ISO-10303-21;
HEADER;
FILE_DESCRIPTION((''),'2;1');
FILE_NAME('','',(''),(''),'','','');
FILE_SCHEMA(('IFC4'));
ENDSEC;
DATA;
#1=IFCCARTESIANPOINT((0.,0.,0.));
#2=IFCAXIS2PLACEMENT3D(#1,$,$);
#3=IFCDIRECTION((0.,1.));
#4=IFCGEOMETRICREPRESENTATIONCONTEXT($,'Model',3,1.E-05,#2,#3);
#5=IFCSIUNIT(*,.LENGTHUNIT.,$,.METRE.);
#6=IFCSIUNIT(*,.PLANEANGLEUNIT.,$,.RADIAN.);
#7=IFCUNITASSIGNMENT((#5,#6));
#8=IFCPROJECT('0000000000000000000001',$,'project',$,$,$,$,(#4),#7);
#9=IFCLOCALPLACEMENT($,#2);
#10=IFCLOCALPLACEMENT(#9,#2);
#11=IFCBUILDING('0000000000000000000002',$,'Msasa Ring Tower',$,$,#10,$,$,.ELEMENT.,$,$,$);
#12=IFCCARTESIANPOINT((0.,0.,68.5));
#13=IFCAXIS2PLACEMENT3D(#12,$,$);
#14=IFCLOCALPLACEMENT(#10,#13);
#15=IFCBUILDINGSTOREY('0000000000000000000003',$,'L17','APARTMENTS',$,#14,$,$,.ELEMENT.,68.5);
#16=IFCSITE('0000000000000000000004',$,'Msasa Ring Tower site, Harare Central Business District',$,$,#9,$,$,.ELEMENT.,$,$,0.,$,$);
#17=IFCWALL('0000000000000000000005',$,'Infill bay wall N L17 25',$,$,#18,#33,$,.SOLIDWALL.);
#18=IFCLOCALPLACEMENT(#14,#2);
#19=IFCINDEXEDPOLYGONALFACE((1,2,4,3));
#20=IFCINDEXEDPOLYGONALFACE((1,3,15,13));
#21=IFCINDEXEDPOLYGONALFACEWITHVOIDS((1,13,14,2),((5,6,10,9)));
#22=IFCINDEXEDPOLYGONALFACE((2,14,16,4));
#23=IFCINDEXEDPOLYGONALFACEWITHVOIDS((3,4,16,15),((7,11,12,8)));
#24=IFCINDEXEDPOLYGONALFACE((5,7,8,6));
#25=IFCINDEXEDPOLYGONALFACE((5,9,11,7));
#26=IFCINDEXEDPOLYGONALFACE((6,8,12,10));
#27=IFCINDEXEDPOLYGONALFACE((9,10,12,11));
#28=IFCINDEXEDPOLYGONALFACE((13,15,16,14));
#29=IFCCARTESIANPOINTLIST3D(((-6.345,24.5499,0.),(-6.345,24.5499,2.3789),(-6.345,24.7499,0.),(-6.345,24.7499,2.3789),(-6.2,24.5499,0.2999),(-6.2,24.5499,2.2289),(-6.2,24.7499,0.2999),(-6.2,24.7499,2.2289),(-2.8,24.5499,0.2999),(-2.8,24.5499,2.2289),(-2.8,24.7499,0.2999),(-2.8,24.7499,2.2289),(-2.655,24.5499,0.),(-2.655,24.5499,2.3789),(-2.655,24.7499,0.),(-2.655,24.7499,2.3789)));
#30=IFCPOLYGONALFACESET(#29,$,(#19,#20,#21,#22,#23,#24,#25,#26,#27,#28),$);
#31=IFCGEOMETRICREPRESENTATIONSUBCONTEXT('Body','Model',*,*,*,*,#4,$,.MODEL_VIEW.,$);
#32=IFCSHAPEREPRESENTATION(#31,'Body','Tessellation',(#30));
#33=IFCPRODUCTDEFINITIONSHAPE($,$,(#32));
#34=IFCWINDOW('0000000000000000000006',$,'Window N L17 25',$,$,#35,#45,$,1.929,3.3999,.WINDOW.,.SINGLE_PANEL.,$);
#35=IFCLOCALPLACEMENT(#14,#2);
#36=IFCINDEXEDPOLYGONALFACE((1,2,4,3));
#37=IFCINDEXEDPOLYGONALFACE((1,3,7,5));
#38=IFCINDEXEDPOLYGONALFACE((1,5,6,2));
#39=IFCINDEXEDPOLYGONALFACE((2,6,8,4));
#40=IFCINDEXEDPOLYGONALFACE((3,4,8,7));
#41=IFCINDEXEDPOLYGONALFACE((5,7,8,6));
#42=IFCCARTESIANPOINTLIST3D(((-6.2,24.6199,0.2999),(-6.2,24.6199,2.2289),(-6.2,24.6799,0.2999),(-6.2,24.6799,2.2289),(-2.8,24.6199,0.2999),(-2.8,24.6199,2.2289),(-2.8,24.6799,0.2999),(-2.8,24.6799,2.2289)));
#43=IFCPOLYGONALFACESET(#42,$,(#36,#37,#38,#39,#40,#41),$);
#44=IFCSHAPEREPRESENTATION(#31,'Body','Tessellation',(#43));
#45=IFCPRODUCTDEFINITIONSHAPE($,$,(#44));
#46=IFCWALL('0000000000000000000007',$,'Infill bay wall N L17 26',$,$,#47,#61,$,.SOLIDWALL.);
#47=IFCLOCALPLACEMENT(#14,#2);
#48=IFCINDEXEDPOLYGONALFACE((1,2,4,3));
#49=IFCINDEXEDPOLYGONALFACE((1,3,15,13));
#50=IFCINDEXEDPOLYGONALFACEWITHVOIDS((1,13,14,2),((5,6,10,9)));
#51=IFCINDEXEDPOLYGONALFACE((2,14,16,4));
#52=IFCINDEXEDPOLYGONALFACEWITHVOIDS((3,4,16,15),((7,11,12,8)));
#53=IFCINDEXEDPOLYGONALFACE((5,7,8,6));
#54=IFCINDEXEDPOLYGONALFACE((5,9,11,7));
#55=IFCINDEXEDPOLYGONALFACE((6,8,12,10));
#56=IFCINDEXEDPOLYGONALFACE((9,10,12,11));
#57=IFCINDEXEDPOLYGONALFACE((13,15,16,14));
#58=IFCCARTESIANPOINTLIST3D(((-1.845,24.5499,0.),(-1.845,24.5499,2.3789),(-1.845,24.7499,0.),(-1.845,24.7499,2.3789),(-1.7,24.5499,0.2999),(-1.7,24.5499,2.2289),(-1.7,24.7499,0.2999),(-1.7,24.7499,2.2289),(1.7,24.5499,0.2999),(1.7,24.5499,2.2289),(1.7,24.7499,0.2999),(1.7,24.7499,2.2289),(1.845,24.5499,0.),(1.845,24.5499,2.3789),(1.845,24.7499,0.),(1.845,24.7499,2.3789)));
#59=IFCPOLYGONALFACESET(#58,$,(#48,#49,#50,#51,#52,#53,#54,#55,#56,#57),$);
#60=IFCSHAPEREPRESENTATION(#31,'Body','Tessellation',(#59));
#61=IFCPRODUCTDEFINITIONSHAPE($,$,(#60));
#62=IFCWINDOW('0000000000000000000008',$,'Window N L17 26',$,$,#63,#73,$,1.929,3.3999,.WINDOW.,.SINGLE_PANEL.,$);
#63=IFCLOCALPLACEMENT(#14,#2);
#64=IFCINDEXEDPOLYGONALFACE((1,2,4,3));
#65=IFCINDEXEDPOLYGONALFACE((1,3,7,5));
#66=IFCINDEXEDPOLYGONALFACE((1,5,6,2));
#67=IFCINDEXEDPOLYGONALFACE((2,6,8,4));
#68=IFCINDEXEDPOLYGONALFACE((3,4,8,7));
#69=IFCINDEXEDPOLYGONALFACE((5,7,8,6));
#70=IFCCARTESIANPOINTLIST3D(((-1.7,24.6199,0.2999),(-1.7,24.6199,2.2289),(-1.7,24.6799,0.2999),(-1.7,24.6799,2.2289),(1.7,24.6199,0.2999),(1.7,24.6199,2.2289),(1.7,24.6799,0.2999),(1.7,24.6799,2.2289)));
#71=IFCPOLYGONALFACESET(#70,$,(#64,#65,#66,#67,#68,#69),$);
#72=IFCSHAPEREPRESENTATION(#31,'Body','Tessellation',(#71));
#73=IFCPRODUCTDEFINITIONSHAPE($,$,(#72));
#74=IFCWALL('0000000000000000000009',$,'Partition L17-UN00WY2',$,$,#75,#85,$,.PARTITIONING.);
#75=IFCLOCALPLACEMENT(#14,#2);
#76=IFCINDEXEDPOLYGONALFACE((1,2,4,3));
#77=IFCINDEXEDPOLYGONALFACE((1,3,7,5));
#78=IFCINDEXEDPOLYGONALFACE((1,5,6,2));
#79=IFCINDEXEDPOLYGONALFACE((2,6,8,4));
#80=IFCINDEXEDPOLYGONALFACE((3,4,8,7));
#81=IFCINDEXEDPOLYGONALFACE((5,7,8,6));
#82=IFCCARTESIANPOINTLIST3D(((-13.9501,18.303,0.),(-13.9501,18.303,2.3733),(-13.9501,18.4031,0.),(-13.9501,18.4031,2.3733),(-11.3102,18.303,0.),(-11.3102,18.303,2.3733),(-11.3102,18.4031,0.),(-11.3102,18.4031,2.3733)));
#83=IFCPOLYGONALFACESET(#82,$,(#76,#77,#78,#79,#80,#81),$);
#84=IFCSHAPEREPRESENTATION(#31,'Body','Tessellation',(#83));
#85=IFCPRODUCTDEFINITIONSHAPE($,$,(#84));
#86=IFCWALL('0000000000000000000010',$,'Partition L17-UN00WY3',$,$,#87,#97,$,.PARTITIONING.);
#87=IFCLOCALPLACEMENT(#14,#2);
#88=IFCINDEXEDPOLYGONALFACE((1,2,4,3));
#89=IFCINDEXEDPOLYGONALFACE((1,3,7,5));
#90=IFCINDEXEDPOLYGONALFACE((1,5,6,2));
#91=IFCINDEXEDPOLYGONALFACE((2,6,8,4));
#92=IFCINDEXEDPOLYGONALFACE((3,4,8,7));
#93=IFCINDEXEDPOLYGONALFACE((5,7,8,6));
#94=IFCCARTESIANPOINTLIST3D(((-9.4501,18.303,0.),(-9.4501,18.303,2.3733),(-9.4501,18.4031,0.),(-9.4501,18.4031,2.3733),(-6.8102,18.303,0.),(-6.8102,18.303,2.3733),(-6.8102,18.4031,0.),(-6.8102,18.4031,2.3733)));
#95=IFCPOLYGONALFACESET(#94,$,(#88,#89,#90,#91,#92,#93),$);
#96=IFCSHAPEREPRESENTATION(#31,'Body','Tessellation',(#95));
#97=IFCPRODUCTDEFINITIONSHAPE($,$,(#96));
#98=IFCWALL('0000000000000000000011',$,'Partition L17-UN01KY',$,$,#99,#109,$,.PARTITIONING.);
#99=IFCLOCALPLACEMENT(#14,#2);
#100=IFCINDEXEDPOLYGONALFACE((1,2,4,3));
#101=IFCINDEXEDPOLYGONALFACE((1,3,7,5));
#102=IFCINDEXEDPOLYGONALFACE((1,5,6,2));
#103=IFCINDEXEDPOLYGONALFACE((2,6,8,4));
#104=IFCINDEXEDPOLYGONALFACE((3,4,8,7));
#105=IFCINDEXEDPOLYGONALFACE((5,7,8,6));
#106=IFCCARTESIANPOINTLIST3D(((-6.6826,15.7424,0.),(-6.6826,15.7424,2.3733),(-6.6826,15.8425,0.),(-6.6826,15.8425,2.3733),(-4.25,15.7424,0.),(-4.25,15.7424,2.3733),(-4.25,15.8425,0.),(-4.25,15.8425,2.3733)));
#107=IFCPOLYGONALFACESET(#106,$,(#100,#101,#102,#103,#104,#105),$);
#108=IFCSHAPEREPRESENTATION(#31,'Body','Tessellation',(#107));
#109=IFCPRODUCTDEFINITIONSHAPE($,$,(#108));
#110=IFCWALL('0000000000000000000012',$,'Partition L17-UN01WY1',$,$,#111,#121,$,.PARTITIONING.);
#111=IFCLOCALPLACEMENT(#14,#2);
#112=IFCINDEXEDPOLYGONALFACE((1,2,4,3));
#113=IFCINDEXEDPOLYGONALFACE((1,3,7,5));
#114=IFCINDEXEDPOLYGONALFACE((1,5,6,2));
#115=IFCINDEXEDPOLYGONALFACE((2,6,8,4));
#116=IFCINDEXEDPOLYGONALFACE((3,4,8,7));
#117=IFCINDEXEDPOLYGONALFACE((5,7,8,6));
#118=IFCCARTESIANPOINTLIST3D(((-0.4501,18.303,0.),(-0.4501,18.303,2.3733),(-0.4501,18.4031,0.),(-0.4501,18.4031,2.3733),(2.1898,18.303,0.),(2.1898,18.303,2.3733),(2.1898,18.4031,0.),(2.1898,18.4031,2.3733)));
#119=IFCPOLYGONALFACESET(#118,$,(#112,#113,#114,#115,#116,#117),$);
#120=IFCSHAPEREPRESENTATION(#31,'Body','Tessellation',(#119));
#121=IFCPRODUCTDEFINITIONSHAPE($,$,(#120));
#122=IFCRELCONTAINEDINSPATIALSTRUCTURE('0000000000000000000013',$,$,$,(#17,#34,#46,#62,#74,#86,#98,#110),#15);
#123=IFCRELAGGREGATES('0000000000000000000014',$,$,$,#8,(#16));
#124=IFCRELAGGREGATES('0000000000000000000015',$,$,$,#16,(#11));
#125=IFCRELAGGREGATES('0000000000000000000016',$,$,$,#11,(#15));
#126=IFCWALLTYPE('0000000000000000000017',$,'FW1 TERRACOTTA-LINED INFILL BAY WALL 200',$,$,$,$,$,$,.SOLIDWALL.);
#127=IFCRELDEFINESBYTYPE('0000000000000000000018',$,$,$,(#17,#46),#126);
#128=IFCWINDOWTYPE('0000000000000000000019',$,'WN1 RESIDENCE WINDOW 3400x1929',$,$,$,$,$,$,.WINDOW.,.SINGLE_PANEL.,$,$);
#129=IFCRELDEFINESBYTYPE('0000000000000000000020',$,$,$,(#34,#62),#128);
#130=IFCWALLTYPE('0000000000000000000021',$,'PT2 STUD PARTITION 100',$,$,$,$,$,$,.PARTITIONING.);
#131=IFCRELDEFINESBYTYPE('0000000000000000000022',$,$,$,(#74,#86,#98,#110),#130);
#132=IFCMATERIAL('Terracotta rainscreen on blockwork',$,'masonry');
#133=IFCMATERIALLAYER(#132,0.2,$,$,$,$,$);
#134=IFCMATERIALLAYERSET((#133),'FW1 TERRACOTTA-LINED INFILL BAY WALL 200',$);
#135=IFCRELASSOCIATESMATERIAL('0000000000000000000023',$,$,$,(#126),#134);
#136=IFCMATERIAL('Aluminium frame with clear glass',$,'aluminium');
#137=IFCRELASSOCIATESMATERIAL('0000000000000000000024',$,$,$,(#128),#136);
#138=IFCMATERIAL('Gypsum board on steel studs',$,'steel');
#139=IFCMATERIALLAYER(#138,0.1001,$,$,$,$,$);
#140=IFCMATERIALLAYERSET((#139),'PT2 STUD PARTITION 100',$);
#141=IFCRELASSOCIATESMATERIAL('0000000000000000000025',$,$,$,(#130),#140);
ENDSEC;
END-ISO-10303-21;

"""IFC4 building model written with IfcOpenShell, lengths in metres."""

from ifc_helpers import new_model, si_unit, direction, frame, frame_2d, origin, place, context, subcontext, project, spatial, rectangle, extrude, material, layer, layer_set, type_object, element, fill, save


model = new_model("IFC4")

# Units and contexts
model_context = context("Model", 3, precision=1e-05, world=origin(), true_north=direction((0.0, 1.0)))
body_context = subcontext(model_context, "Body", "Model", "MODEL_VIEW")
ifc_project = project(units=[si_unit("LENGTHUNIT", "METRE"), si_unit("PLANEANGLEUNIT", "RADIAN")], contexts=[model_context])

# Site, building, storey
site_placement = place(None, origin())
site = spatial("IfcSite", under=ifc_project, at=site_placement, Name="Msasa Ring Tower site, Harare Central Business District", CompositionType="ELEMENT", RefElevation=0.0)
building_placement = place(site_placement, origin())
building = spatial("IfcBuilding", under=site, at=building_placement, Name="Msasa Ring Tower", CompositionType="ELEMENT")
storey_placement = place(building_placement, frame((0.0, 0.0, 68.5)))
storey = spatial("IfcBuildingStorey", under=building, at=storey_placement, Name="L17", Description="APARTMENTS", CompositionType="ELEMENT", Elevation=68.5)

# Walls, openings, windows
ifc_material_1 = material(Name="Terracotta rainscreen on blockwork", Category="masonry")
ifc_layer_1 = layer(ifc_material_1, 0.2)
ifc_layer_set_1 = layer_set([ifc_layer_1], Name="FW1 TERRACOTTA-LINED INFILL BAY WALL 200")
wall_type_1 = type_object("IfcWallType", Name="FW1 TERRACOTTA-LINED INFILL BAY WALL 200", PredefinedType="SOLIDWALL", material=ifc_layer_set_1)
ifc_material_2 = material(Name="Aluminium frame with clear glass", Category="aluminium")
window_type = type_object("IfcWindowType", Name="WN1 RESIDENCE WINDOW 3400x1929", PartitioningType="SINGLE_PANEL", PredefinedType="WINDOW", material=ifc_material_2)
wall_1_placement = place(storey_placement, frame((-6.345, 24.6499, 0.0), z_axis=(0.0, 0.0, 1.0), x_axis=(1.0, 0.0, 0.0)))
wall_1 = element("IfcWall", 1, at=wall_1_placement, inside=storey, type_object=wall_type_1, Name="Infill bay wall N L17 25", PredefinedType="SOLIDWALL", context=body_context, shape_type="SweptSolid", body=[
    extrude(rectangle(XDim=3.6899, YDim=0.2, at=frame_2d((1.845, 0.0))), origin(), (0.0, 0.0, 1.0), 2.3789),
])
opening_1_placement = place(wall_1_placement, frame((0.145, 0.0, 0.3)))
opening_1 = element("IfcOpeningElement", 2, at=opening_1_placement, cuts=wall_1, PredefinedType="OPENING", context=body_context, shape_type="SweptSolid", body=[
    extrude(rectangle(XDim=3.3999, YDim=1.929, at=frame_2d((1.7, 0.9644))), frame((0.0, 0.1099, 0.0), z_axis=(0.0, -1.0, 0.0), x_axis=(1.0, 0.0, 0.0)), (0.0, 0.0, 1.0), 0.22),
])
window_1_placement = place(opening_1_placement, origin())
window_1 = element("IfcWindow", 3, at=window_1_placement, inside=storey, type_object=window_type, Name="Window N L17 25", OverallHeight=1.929, OverallWidth=3.3999, PartitioningType="SINGLE_PANEL", PredefinedType="WINDOW", context=body_context, shape_type="SweptSolid", body=[
    extrude(rectangle(XDim=3.3999, YDim=1.929, at=frame_2d((1.7, 0.9644))), frame((0.0, 0.03, 0.0), z_axis=(0.0, -1.0, 0.0), x_axis=(1.0, 0.0, 0.0)), (0.0, 0.0, 1.0), 0.0601),
])
fill(opening_1, window_1)
wall_2_placement = place(storey_placement, frame((-1.845, 24.6499, 0.0), z_axis=(0.0, 0.0, 1.0), x_axis=(1.0, 0.0, 0.0)))
wall_2 = element("IfcWall", 4, at=wall_2_placement, inside=storey, type_object=wall_type_1, Name="Infill bay wall N L17 26", PredefinedType="SOLIDWALL", context=body_context, shape_type="SweptSolid", body=[
    extrude(rectangle(XDim=3.6899, YDim=0.2, at=frame_2d((1.845, 0.0))), origin(), (0.0, 0.0, 1.0), 2.3789),
])
opening_2_placement = place(wall_2_placement, frame((0.145, 0.0, 0.3)))
opening_2 = element("IfcOpeningElement", 5, at=opening_2_placement, cuts=wall_2, PredefinedType="OPENING", context=body_context, shape_type="SweptSolid", body=[
    extrude(rectangle(XDim=3.3999, YDim=1.929, at=frame_2d((1.7, 0.9644))), frame((0.0, 0.1099, 0.0), z_axis=(0.0, -1.0, 0.0), x_axis=(1.0, 0.0, 0.0)), (0.0, 0.0, 1.0), 0.22),
])
window_2_placement = place(opening_2_placement, origin())
window_2 = element("IfcWindow", 6, at=window_2_placement, inside=storey, type_object=window_type, Name="Window N L17 26", OverallHeight=1.929, OverallWidth=3.3999, PartitioningType="SINGLE_PANEL", PredefinedType="WINDOW", context=body_context, shape_type="SweptSolid", body=[
    extrude(rectangle(XDim=3.3999, YDim=1.929, at=frame_2d((1.7, 0.9644))), frame((0.0, 0.03, 0.0), z_axis=(0.0, -1.0, 0.0), x_axis=(1.0, 0.0, 0.0)), (0.0, 0.0, 1.0), 0.0601),
])
fill(opening_2, window_2)

# Walls
ifc_material_3 = material(Name="Gypsum board on steel studs", Category="steel")
ifc_layer_2 = layer(ifc_material_3, 0.1001)
ifc_layer_set_2 = layer_set([ifc_layer_2], Name="PT2 STUD PARTITION 100")
wall_type_2 = type_object("IfcWallType", Name="PT2 STUD PARTITION 100", PredefinedType="PARTITIONING", material=ifc_layer_set_2)
for number, where, z_axis, x_axis, name in (
    (7, (-13.95, 18.353, 0.0), (0.0, 0.0, 1.0), (1.0, 0.0, 0.0), "Partition L17-UN00WY2"),
    (8, (-9.45, 18.353, 0.0), (0.0, 0.0, 1.0), (1.0, 0.0, 0.0), "Partition L17-UN00WY3"),
):
    element("IfcWall", number, at=place(storey_placement, frame(where, z_axis=z_axis, x_axis=x_axis)), inside=storey, type_object=wall_type_2, Name=name, PredefinedType="PARTITIONING", context=body_context, shape_type="SweptSolid", body=[
        extrude(rectangle(XDim=2.6399, YDim=0.1001, at=frame_2d((1.3198, 0.0))), origin(), (0.0, 0.0, 1.0), 2.3733),
    ])
wall_3_placement = place(storey_placement, frame((-6.6826, 15.7925, 0.0), z_axis=(0.0, 0.0, 1.0), x_axis=(1.0, 0.0, 0.0)))
element("IfcWall", 9, at=wall_3_placement, inside=storey, type_object=wall_type_2, Name="Partition L17-UN01KY", PredefinedType="PARTITIONING", context=body_context, shape_type="SweptSolid", body=[
    extrude(rectangle(XDim=2.4326, YDim=0.1001, at=frame_2d((1.2163, 0.0))), origin(), (0.0, 0.0, 1.0), 2.3733),
])
wall_4_placement = place(storey_placement, frame((-0.45, 18.353, 0.0), z_axis=(0.0, 0.0, 1.0), x_axis=(1.0, 0.0, 0.0)))
element("IfcWall", 10, at=wall_4_placement, inside=storey, type_object=wall_type_2, Name="Partition L17-UN01WY1", PredefinedType="PARTITIONING", context=body_context, shape_type="SweptSolid", body=[
    extrude(rectangle(XDim=2.6399, YDim=0.1001, at=frame_2d((1.3198, 0.0))), origin(), (0.0, 0.0, 1.0), 2.3733),
])

save(model, "model.ifc")
